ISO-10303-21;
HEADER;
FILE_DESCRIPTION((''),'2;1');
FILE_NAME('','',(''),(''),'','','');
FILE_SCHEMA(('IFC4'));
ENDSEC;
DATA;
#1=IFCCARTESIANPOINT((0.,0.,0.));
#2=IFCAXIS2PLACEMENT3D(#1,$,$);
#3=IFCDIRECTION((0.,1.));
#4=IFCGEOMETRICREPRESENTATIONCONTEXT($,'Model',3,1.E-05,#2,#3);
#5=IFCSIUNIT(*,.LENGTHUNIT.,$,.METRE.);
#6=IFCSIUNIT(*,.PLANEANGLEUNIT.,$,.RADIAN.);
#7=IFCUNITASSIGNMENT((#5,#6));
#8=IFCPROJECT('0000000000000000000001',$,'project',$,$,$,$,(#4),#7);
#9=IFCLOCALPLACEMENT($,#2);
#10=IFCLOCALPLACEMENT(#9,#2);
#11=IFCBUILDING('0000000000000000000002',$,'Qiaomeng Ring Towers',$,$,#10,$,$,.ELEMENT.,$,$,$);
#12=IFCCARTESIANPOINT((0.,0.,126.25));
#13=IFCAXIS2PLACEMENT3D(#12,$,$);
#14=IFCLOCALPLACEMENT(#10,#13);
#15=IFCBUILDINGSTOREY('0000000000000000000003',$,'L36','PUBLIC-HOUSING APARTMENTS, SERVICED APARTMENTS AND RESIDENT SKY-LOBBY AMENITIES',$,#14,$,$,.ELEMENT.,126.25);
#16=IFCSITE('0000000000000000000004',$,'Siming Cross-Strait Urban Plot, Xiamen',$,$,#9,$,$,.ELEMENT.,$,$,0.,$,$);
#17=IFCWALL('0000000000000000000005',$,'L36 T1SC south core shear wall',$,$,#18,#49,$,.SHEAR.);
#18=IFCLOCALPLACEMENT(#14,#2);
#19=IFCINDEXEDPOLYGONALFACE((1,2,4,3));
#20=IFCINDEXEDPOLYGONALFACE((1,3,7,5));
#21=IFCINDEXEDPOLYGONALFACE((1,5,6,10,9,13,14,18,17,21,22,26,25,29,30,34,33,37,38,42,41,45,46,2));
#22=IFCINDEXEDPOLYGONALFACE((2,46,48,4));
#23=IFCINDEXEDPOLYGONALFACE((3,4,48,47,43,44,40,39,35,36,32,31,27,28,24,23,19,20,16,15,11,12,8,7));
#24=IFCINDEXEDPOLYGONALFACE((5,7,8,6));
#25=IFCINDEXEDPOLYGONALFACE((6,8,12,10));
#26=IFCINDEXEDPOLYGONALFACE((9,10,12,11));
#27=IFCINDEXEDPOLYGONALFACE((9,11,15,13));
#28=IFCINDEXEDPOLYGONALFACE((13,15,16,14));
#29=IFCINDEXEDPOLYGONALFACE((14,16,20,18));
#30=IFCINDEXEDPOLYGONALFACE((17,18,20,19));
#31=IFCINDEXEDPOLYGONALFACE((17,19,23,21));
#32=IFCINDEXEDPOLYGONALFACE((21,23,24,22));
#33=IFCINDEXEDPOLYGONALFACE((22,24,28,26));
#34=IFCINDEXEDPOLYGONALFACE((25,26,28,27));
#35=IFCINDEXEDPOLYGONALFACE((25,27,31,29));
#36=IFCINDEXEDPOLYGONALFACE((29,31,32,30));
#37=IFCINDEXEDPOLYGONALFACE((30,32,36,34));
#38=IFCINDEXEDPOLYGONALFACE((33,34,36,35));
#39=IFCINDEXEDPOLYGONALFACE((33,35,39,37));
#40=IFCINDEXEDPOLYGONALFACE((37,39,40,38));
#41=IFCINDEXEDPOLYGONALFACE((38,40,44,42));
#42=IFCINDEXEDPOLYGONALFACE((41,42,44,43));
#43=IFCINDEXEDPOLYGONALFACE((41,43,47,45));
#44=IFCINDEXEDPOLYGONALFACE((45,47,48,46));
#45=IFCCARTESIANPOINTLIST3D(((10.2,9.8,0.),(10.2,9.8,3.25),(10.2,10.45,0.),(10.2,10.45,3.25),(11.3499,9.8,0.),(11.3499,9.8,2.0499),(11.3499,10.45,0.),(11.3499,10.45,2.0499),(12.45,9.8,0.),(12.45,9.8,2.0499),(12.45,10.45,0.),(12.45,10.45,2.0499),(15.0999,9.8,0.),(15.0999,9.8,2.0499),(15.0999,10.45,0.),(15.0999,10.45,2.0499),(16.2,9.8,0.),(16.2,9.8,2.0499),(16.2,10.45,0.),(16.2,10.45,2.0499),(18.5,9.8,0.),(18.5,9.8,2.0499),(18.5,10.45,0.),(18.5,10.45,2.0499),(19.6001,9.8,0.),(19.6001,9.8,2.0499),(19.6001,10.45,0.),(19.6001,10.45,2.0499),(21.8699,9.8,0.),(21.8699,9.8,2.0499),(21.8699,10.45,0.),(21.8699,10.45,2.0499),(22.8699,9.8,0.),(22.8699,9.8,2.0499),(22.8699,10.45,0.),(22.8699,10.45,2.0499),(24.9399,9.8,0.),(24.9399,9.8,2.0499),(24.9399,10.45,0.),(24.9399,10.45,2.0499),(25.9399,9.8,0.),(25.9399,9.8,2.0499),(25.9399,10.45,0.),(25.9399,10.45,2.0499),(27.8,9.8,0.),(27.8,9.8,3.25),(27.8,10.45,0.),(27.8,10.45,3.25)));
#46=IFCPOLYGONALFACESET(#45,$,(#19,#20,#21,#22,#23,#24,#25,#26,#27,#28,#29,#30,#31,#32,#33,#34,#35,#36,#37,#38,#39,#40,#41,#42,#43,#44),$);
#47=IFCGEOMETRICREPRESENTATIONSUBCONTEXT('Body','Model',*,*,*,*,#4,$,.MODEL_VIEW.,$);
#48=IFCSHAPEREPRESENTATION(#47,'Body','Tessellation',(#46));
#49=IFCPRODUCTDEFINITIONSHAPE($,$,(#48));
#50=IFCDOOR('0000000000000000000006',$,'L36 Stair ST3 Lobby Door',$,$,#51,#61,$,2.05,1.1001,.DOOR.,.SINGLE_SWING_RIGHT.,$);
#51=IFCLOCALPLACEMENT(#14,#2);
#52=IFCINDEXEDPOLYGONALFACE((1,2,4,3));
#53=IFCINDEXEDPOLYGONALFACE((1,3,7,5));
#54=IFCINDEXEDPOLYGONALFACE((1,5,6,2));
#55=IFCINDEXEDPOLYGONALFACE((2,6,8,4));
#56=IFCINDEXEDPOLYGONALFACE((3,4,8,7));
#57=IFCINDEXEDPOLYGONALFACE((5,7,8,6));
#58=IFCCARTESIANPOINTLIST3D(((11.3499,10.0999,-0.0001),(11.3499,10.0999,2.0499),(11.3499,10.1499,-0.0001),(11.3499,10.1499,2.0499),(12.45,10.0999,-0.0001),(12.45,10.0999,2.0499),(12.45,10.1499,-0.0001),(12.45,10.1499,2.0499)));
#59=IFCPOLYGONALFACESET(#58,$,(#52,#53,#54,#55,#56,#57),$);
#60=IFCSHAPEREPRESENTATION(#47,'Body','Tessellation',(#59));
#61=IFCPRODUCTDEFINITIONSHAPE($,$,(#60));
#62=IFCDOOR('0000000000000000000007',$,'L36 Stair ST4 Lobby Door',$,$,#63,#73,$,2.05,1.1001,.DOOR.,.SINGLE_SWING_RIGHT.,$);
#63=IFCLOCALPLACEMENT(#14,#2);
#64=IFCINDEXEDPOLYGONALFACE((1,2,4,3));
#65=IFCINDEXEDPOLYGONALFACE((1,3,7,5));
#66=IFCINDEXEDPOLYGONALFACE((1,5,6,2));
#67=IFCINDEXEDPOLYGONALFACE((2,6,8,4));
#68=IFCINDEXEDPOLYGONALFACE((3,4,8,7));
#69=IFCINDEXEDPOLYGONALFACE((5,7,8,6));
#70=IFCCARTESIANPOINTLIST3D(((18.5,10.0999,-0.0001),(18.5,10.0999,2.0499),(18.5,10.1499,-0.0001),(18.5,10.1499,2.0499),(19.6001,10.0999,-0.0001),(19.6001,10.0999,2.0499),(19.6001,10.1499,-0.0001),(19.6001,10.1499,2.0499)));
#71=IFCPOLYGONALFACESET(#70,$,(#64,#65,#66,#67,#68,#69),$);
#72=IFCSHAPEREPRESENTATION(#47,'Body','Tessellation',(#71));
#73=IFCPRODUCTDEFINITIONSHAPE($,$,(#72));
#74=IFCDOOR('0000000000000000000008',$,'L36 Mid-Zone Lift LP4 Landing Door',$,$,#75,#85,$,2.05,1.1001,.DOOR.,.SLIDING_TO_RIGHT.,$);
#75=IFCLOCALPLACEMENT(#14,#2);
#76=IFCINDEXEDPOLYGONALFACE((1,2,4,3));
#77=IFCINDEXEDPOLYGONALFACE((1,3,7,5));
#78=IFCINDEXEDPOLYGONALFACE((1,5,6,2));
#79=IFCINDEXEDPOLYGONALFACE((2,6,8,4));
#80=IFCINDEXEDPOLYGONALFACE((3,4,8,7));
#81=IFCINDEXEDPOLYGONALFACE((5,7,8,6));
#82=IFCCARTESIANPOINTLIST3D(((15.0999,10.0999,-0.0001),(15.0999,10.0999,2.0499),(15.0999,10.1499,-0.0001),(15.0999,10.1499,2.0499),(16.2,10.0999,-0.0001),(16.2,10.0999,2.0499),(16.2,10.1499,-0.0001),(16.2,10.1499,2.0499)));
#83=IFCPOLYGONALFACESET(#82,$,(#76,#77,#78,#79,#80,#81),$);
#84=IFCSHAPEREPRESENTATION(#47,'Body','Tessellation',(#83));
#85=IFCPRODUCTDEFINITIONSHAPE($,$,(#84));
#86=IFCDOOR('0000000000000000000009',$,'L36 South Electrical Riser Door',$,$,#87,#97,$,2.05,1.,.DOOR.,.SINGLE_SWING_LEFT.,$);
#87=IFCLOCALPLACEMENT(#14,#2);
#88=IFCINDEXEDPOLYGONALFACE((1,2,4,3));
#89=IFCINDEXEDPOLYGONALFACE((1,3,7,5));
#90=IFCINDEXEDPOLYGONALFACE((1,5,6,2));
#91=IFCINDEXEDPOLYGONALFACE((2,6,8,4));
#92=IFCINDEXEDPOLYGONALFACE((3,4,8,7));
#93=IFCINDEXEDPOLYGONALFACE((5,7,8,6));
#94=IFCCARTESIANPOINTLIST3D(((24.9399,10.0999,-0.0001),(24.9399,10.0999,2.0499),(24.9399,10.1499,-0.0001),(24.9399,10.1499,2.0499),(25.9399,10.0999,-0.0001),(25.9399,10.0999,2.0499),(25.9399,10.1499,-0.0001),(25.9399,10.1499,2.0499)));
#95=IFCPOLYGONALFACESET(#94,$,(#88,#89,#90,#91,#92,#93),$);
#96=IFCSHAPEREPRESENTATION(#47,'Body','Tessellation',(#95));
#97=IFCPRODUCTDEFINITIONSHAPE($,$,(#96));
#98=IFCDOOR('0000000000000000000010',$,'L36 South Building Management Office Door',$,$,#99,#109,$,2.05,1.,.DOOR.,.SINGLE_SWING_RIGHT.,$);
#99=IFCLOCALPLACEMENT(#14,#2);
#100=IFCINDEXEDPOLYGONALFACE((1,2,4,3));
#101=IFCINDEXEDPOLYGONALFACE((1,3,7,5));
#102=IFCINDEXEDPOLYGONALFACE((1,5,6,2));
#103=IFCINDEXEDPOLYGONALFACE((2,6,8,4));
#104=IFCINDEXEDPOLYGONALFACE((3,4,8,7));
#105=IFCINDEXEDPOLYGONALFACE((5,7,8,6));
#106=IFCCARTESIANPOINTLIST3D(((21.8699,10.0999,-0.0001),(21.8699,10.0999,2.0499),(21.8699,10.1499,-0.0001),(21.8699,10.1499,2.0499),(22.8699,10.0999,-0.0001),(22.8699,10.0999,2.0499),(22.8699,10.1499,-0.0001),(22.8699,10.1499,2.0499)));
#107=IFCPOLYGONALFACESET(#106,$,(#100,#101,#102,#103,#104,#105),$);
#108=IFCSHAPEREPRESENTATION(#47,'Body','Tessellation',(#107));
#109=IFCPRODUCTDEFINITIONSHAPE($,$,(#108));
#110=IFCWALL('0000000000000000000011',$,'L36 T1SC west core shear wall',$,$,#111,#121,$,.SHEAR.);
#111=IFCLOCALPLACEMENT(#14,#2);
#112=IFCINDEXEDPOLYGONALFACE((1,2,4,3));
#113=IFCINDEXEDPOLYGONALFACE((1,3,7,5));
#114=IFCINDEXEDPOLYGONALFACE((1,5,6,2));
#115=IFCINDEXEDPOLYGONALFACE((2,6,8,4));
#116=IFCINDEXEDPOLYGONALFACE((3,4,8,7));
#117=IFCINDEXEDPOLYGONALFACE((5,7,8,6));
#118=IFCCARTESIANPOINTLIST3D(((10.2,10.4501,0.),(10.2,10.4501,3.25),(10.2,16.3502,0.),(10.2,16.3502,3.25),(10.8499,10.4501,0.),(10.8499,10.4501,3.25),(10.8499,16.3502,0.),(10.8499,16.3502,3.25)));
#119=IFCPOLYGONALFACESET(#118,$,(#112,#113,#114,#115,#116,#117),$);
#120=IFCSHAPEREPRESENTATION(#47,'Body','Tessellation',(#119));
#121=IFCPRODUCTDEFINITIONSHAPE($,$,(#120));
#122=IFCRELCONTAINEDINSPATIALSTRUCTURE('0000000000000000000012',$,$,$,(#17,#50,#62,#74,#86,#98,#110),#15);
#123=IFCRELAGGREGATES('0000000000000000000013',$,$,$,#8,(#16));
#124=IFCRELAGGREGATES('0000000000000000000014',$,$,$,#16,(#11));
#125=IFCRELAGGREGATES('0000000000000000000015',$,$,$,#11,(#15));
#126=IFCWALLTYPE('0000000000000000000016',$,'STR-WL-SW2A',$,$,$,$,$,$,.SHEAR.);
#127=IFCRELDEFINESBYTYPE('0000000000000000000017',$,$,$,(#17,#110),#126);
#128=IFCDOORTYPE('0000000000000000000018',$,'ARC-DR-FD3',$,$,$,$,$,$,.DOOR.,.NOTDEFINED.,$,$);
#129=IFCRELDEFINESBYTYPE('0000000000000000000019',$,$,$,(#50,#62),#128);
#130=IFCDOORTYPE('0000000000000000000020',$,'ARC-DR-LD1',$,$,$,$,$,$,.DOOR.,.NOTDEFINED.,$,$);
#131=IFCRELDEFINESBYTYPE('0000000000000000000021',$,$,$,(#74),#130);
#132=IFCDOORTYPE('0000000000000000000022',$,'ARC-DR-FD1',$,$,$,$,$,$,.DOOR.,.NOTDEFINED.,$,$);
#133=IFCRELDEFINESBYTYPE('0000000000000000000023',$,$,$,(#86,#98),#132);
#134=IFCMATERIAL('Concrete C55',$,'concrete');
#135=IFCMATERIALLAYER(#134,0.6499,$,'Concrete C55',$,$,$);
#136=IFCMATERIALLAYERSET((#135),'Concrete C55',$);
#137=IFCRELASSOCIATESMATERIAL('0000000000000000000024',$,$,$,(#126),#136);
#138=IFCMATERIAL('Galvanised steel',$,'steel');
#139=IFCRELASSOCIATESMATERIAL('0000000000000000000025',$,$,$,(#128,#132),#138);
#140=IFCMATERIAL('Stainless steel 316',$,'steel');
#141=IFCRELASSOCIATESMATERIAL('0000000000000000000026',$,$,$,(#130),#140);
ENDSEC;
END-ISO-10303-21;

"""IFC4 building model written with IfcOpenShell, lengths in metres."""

from ifc_helpers import new_model, si_unit, direction, frame, frame_2d, origin, place, context, subcontext, project, spatial, rectangle, extrude, source, transform, mapped, material, layer, layer_set, type_object, element, fill, save


model = new_model("IFC4")

# Units and contexts
model_context = context("Model", 3, precision=1e-05, world=origin(), true_north=direction((0.0, 1.0)))
body_context = subcontext(model_context, "Body", "Model", "MODEL_VIEW")
ifc_project = project(units=[si_unit("LENGTHUNIT", "METRE"), si_unit("PLANEANGLEUNIT", "RADIAN")], contexts=[model_context])

# Site, building, storey
site_placement = place(None, origin())
site = spatial("IfcSite", under=ifc_project, at=site_placement, Name="Siming Cross-Strait Urban Plot, Xiamen", CompositionType="ELEMENT", RefElevation=0.0)
building_placement = place(site_placement, origin())
building = spatial("IfcBuilding", under=site, at=building_placement, Name="Qiaomeng Ring Towers", CompositionType="ELEMENT")
storey_placement = place(building_placement, frame((0.0, 0.0, 126.25)))
storey = spatial("IfcBuildingStorey", under=building, at=storey_placement, Name="L36", Description="PUBLIC-HOUSING APARTMENTS, SERVICED APARTMENTS AND RESIDENT SKY-LOBBY AMENITIES", CompositionType="ELEMENT", Elevation=126.25)

# Shared definitions
shared_shape_1 = source(origin(), body_context, "Body", "SweptSolid", [
    extrude(rectangle(XDim=1.0, YDim=2.05, at=frame_2d((0.5, 1.0249))), frame((0.0, 0.0249, 0.0), z_axis=(0.0, -1.0, 0.0), x_axis=(1.0, 0.0, 0.0)), (0.0, 0.0, 1.0), 0.05),
])

# Wall, openings, doors
ifc_material_1 = material(Name="Concrete C55", Category="concrete")
ifc_layer_1 = layer(ifc_material_1, 0.6499, Name="Concrete C55")
ifc_layer_set_1 = layer_set([ifc_layer_1], Name="Concrete C55")
wall_type_1 = type_object("IfcWallType", Name="STR-WL-SW2A", PredefinedType="SHEAR", material=ifc_layer_set_1)
wall_1_placement = place(storey_placement, frame((10.2, 10.125, 0.0), z_axis=(0.0, 0.0, 1.0), x_axis=(1.0, 0.0, 0.0)))
wall_1 = element("IfcWall", 1, at=wall_1_placement, inside=storey, type_object=wall_type_1, Name="L36 T1SC south core shear wall", PredefinedType="SHEAR", context=body_context, shape_type="SweptSolid", body=[
    extrude(rectangle(XDim=17.6001, YDim=0.6499, at=frame_2d((8.8, 0.0))), origin(), (0.0, 0.0, 1.0), 3.25),
])
opening_1_placement = place(wall_1_placement, frame((1.1499, 0.0, 0.0)))
opening_1 = element("IfcOpeningElement", 2, at=opening_1_placement, cuts=wall_1, PredefinedType="OPENING", context=body_context, shape_type="SweptSolid", body=[
    extrude(rectangle(XDim=1.1001, YDim=2.05, at=frame_2d((0.55, 1.0249))), frame((0.0, 0.335, 0.0), z_axis=(0.0, -1.0, 0.0), x_axis=(1.0, 0.0, 0.0)), (0.0, 0.0, 1.0), 0.6699),
])
opening_2_placement = place(wall_1_placement, frame((8.3, 0.0, 0.0)))
opening_2 = element("IfcOpeningElement", 3, at=opening_2_placement, cuts=wall_1, PredefinedType="OPENING", context=body_context, shape_type="SweptSolid", body=[
    extrude(rectangle(XDim=1.1001, YDim=2.05, at=frame_2d((0.55, 1.0249))), frame((0.0, 0.335, 0.0), z_axis=(0.0, -1.0, 0.0), x_axis=(1.0, 0.0, 0.0)), (0.0, 0.0, 1.0), 0.6699),
])
opening_3_placement = place(wall_1_placement, frame((4.8999, 0.0, 0.0)))
opening_3 = element("IfcOpeningElement", 4, at=opening_3_placement, cuts=wall_1, PredefinedType="OPENING", context=body_context, shape_type="SweptSolid", body=[
    extrude(rectangle(XDim=1.1001, YDim=2.05, at=frame_2d((0.55, 1.0249))), frame((0.0, 0.335, 0.0), z_axis=(0.0, -1.0, 0.0), x_axis=(1.0, 0.0, 0.0)), (0.0, 0.0, 1.0), 0.6699),
])
opening_4_placement = place(wall_1_placement, frame((14.74, 0.0, 0.0)))
opening_4 = element("IfcOpeningElement", 5, at=opening_4_placement, cuts=wall_1, PredefinedType="OPENING", context=body_context, shape_type="SweptSolid", body=[
    extrude(rectangle(XDim=1.0, YDim=2.05, at=frame_2d((0.5, 1.0249))), frame((0.0, 0.335, 0.0), z_axis=(0.0, -1.0, 0.0), x_axis=(1.0, 0.0, 0.0)), (0.0, 0.0, 1.0), 0.6699),
])
opening_5_placement = place(wall_1_placement, frame((11.6699, 0.0, 0.0)))
opening_5 = element("IfcOpeningElement", 6, at=opening_5_placement, cuts=wall_1, PredefinedType="OPENING", context=body_context, shape_type="SweptSolid", body=[
    extrude(rectangle(XDim=1.0, YDim=2.05, at=frame_2d((0.5, 1.0249))), frame((0.0, 0.335, 0.0), z_axis=(0.0, -1.0, 0.0), x_axis=(1.0, 0.0, 0.0)), (0.0, 0.0, 1.0), 0.6699),
])
ifc_material_2 = material(Name="Galvanised steel", Category="steel")
door_type_1 = type_object("IfcDoorType", Name="ARC-DR-FD3", OperationType="NOTDEFINED", PredefinedType="DOOR", material=ifc_material_2)
shared_shape_2 = source(origin(), body_context, "Body", "SweptSolid", [
    extrude(rectangle(XDim=1.1001, YDim=2.05, at=frame_2d((0.55, 1.0249))), frame((0.0, 0.0249, 0.0), z_axis=(0.0, -1.0, 0.0), x_axis=(1.0, 0.0, 0.0)), (0.0, 0.0, 1.0), 0.05),
])
door_1_placement = place(opening_1_placement, origin())
door_1 = element("IfcDoor", 7, at=door_1_placement, inside=storey, type_object=door_type_1, Name="L36 Stair ST3 Lobby Door", OperationType="SINGLE_SWING_RIGHT", OverallHeight=2.05, OverallWidth=1.1001, PredefinedType="DOOR", context=body_context, shape_type="MappedRepresentation", body=[
    mapped(shared_shape_2, transform((0.0, 0.0, 0.0), x_axis=(1.0, 0.0, 0.0), y_axis=(0.0, 1.0, 0.0), z_axis=(0.0, 0.0, 1.0), scale=1.0)),
])
fill(opening_1, door_1)
door_2_placement = place(opening_2_placement, origin())
door_2 = element("IfcDoor", 8, at=door_2_placement, inside=storey, type_object=door_type_1, Name="L36 Stair ST4 Lobby Door", OperationType="SINGLE_SWING_RIGHT", OverallHeight=2.05, OverallWidth=1.1001, PredefinedType="DOOR", context=body_context, shape_type="MappedRepresentation", body=[
    mapped(shared_shape_2, transform((0.0, 0.0, 0.0), x_axis=(1.0, 0.0, 0.0), y_axis=(0.0, 1.0, 0.0), z_axis=(0.0, 0.0, 1.0), scale=1.0)),
])
fill(opening_2, door_2)
ifc_material_3 = material(Name="Stainless steel 316", Category="steel")
door_type_2 = type_object("IfcDoorType", Name="ARC-DR-LD1", OperationType="NOTDEFINED", PredefinedType="DOOR", material=ifc_material_3)
door_3_placement = place(opening_3_placement, origin())
door_3 = element("IfcDoor", 9, at=door_3_placement, inside=storey, type_object=door_type_2, Name="L36 Mid-Zone Lift LP4 Landing Door", OperationType="SLIDING_TO_RIGHT", OverallHeight=2.05, OverallWidth=1.1001, PredefinedType="DOOR", context=body_context, shape_type="MappedRepresentation", body=[
    mapped(shared_shape_2, transform((0.0, 0.0, 0.0), x_axis=(1.0, 0.0, 0.0), y_axis=(0.0, 1.0, 0.0), z_axis=(0.0, 0.0, 1.0), scale=1.0)),
])
fill(opening_3, door_3)
door_type_3 = type_object("IfcDoorType", Name="ARC-DR-FD1", OperationType="NOTDEFINED", PredefinedType="DOOR", material=ifc_material_2)
door_4_placement = place(opening_4_placement, origin())
door_4 = element("IfcDoor", 10, at=door_4_placement, inside=storey, type_object=door_type_3, Name="L36 South Electrical Riser Door", OperationType="SINGLE_SWING_LEFT", OverallHeight=2.05, OverallWidth=1.0, PredefinedType="DOOR", context=body_context, shape_type="MappedRepresentation", body=[
    mapped(shared_shape_1, transform((0.0, 0.0, 0.0), x_axis=(1.0, 0.0, 0.0), y_axis=(0.0, 1.0, 0.0), z_axis=(0.0, 0.0, 1.0), scale=1.0)),
])
fill(opening_4, door_4)
door_5_placement = place(opening_5_placement, origin())
door_5 = element("IfcDoor", 11, at=door_5_placement, inside=storey, type_object=door_type_3, Name="L36 South Building Management Office Door", OperationType="SINGLE_SWING_RIGHT", OverallHeight=2.05, OverallWidth=1.0, PredefinedType="DOOR", context=body_context, shape_type="MappedRepresentation", body=[
    mapped(shared_shape_1, transform((0.0, 0.0, 0.0), x_axis=(1.0, 0.0, 0.0), y_axis=(0.0, 1.0, 0.0), z_axis=(0.0, 0.0, 1.0), scale=1.0)),
])
fill(opening_5, door_5)

# Wall
wall_2_placement = place(storey_placement, frame((10.5249, 10.45, 0.0), z_axis=(0.0, 0.0, 1.0), x_axis=(0.0, 1.0, 0.0)))
element("IfcWall", 12, at=wall_2_placement, inside=storey, type_object=wall_type_1, Name="L36 T1SC west core shear wall", PredefinedType="SHEAR", context=body_context, shape_type="SweptSolid", body=[
    extrude(rectangle(XDim=5.9001, YDim=0.6499, at=frame_2d((2.9502, 0.0))), origin(), (0.0, 0.0, 1.0), 3.25),
])

save(model, "model.ifc")
